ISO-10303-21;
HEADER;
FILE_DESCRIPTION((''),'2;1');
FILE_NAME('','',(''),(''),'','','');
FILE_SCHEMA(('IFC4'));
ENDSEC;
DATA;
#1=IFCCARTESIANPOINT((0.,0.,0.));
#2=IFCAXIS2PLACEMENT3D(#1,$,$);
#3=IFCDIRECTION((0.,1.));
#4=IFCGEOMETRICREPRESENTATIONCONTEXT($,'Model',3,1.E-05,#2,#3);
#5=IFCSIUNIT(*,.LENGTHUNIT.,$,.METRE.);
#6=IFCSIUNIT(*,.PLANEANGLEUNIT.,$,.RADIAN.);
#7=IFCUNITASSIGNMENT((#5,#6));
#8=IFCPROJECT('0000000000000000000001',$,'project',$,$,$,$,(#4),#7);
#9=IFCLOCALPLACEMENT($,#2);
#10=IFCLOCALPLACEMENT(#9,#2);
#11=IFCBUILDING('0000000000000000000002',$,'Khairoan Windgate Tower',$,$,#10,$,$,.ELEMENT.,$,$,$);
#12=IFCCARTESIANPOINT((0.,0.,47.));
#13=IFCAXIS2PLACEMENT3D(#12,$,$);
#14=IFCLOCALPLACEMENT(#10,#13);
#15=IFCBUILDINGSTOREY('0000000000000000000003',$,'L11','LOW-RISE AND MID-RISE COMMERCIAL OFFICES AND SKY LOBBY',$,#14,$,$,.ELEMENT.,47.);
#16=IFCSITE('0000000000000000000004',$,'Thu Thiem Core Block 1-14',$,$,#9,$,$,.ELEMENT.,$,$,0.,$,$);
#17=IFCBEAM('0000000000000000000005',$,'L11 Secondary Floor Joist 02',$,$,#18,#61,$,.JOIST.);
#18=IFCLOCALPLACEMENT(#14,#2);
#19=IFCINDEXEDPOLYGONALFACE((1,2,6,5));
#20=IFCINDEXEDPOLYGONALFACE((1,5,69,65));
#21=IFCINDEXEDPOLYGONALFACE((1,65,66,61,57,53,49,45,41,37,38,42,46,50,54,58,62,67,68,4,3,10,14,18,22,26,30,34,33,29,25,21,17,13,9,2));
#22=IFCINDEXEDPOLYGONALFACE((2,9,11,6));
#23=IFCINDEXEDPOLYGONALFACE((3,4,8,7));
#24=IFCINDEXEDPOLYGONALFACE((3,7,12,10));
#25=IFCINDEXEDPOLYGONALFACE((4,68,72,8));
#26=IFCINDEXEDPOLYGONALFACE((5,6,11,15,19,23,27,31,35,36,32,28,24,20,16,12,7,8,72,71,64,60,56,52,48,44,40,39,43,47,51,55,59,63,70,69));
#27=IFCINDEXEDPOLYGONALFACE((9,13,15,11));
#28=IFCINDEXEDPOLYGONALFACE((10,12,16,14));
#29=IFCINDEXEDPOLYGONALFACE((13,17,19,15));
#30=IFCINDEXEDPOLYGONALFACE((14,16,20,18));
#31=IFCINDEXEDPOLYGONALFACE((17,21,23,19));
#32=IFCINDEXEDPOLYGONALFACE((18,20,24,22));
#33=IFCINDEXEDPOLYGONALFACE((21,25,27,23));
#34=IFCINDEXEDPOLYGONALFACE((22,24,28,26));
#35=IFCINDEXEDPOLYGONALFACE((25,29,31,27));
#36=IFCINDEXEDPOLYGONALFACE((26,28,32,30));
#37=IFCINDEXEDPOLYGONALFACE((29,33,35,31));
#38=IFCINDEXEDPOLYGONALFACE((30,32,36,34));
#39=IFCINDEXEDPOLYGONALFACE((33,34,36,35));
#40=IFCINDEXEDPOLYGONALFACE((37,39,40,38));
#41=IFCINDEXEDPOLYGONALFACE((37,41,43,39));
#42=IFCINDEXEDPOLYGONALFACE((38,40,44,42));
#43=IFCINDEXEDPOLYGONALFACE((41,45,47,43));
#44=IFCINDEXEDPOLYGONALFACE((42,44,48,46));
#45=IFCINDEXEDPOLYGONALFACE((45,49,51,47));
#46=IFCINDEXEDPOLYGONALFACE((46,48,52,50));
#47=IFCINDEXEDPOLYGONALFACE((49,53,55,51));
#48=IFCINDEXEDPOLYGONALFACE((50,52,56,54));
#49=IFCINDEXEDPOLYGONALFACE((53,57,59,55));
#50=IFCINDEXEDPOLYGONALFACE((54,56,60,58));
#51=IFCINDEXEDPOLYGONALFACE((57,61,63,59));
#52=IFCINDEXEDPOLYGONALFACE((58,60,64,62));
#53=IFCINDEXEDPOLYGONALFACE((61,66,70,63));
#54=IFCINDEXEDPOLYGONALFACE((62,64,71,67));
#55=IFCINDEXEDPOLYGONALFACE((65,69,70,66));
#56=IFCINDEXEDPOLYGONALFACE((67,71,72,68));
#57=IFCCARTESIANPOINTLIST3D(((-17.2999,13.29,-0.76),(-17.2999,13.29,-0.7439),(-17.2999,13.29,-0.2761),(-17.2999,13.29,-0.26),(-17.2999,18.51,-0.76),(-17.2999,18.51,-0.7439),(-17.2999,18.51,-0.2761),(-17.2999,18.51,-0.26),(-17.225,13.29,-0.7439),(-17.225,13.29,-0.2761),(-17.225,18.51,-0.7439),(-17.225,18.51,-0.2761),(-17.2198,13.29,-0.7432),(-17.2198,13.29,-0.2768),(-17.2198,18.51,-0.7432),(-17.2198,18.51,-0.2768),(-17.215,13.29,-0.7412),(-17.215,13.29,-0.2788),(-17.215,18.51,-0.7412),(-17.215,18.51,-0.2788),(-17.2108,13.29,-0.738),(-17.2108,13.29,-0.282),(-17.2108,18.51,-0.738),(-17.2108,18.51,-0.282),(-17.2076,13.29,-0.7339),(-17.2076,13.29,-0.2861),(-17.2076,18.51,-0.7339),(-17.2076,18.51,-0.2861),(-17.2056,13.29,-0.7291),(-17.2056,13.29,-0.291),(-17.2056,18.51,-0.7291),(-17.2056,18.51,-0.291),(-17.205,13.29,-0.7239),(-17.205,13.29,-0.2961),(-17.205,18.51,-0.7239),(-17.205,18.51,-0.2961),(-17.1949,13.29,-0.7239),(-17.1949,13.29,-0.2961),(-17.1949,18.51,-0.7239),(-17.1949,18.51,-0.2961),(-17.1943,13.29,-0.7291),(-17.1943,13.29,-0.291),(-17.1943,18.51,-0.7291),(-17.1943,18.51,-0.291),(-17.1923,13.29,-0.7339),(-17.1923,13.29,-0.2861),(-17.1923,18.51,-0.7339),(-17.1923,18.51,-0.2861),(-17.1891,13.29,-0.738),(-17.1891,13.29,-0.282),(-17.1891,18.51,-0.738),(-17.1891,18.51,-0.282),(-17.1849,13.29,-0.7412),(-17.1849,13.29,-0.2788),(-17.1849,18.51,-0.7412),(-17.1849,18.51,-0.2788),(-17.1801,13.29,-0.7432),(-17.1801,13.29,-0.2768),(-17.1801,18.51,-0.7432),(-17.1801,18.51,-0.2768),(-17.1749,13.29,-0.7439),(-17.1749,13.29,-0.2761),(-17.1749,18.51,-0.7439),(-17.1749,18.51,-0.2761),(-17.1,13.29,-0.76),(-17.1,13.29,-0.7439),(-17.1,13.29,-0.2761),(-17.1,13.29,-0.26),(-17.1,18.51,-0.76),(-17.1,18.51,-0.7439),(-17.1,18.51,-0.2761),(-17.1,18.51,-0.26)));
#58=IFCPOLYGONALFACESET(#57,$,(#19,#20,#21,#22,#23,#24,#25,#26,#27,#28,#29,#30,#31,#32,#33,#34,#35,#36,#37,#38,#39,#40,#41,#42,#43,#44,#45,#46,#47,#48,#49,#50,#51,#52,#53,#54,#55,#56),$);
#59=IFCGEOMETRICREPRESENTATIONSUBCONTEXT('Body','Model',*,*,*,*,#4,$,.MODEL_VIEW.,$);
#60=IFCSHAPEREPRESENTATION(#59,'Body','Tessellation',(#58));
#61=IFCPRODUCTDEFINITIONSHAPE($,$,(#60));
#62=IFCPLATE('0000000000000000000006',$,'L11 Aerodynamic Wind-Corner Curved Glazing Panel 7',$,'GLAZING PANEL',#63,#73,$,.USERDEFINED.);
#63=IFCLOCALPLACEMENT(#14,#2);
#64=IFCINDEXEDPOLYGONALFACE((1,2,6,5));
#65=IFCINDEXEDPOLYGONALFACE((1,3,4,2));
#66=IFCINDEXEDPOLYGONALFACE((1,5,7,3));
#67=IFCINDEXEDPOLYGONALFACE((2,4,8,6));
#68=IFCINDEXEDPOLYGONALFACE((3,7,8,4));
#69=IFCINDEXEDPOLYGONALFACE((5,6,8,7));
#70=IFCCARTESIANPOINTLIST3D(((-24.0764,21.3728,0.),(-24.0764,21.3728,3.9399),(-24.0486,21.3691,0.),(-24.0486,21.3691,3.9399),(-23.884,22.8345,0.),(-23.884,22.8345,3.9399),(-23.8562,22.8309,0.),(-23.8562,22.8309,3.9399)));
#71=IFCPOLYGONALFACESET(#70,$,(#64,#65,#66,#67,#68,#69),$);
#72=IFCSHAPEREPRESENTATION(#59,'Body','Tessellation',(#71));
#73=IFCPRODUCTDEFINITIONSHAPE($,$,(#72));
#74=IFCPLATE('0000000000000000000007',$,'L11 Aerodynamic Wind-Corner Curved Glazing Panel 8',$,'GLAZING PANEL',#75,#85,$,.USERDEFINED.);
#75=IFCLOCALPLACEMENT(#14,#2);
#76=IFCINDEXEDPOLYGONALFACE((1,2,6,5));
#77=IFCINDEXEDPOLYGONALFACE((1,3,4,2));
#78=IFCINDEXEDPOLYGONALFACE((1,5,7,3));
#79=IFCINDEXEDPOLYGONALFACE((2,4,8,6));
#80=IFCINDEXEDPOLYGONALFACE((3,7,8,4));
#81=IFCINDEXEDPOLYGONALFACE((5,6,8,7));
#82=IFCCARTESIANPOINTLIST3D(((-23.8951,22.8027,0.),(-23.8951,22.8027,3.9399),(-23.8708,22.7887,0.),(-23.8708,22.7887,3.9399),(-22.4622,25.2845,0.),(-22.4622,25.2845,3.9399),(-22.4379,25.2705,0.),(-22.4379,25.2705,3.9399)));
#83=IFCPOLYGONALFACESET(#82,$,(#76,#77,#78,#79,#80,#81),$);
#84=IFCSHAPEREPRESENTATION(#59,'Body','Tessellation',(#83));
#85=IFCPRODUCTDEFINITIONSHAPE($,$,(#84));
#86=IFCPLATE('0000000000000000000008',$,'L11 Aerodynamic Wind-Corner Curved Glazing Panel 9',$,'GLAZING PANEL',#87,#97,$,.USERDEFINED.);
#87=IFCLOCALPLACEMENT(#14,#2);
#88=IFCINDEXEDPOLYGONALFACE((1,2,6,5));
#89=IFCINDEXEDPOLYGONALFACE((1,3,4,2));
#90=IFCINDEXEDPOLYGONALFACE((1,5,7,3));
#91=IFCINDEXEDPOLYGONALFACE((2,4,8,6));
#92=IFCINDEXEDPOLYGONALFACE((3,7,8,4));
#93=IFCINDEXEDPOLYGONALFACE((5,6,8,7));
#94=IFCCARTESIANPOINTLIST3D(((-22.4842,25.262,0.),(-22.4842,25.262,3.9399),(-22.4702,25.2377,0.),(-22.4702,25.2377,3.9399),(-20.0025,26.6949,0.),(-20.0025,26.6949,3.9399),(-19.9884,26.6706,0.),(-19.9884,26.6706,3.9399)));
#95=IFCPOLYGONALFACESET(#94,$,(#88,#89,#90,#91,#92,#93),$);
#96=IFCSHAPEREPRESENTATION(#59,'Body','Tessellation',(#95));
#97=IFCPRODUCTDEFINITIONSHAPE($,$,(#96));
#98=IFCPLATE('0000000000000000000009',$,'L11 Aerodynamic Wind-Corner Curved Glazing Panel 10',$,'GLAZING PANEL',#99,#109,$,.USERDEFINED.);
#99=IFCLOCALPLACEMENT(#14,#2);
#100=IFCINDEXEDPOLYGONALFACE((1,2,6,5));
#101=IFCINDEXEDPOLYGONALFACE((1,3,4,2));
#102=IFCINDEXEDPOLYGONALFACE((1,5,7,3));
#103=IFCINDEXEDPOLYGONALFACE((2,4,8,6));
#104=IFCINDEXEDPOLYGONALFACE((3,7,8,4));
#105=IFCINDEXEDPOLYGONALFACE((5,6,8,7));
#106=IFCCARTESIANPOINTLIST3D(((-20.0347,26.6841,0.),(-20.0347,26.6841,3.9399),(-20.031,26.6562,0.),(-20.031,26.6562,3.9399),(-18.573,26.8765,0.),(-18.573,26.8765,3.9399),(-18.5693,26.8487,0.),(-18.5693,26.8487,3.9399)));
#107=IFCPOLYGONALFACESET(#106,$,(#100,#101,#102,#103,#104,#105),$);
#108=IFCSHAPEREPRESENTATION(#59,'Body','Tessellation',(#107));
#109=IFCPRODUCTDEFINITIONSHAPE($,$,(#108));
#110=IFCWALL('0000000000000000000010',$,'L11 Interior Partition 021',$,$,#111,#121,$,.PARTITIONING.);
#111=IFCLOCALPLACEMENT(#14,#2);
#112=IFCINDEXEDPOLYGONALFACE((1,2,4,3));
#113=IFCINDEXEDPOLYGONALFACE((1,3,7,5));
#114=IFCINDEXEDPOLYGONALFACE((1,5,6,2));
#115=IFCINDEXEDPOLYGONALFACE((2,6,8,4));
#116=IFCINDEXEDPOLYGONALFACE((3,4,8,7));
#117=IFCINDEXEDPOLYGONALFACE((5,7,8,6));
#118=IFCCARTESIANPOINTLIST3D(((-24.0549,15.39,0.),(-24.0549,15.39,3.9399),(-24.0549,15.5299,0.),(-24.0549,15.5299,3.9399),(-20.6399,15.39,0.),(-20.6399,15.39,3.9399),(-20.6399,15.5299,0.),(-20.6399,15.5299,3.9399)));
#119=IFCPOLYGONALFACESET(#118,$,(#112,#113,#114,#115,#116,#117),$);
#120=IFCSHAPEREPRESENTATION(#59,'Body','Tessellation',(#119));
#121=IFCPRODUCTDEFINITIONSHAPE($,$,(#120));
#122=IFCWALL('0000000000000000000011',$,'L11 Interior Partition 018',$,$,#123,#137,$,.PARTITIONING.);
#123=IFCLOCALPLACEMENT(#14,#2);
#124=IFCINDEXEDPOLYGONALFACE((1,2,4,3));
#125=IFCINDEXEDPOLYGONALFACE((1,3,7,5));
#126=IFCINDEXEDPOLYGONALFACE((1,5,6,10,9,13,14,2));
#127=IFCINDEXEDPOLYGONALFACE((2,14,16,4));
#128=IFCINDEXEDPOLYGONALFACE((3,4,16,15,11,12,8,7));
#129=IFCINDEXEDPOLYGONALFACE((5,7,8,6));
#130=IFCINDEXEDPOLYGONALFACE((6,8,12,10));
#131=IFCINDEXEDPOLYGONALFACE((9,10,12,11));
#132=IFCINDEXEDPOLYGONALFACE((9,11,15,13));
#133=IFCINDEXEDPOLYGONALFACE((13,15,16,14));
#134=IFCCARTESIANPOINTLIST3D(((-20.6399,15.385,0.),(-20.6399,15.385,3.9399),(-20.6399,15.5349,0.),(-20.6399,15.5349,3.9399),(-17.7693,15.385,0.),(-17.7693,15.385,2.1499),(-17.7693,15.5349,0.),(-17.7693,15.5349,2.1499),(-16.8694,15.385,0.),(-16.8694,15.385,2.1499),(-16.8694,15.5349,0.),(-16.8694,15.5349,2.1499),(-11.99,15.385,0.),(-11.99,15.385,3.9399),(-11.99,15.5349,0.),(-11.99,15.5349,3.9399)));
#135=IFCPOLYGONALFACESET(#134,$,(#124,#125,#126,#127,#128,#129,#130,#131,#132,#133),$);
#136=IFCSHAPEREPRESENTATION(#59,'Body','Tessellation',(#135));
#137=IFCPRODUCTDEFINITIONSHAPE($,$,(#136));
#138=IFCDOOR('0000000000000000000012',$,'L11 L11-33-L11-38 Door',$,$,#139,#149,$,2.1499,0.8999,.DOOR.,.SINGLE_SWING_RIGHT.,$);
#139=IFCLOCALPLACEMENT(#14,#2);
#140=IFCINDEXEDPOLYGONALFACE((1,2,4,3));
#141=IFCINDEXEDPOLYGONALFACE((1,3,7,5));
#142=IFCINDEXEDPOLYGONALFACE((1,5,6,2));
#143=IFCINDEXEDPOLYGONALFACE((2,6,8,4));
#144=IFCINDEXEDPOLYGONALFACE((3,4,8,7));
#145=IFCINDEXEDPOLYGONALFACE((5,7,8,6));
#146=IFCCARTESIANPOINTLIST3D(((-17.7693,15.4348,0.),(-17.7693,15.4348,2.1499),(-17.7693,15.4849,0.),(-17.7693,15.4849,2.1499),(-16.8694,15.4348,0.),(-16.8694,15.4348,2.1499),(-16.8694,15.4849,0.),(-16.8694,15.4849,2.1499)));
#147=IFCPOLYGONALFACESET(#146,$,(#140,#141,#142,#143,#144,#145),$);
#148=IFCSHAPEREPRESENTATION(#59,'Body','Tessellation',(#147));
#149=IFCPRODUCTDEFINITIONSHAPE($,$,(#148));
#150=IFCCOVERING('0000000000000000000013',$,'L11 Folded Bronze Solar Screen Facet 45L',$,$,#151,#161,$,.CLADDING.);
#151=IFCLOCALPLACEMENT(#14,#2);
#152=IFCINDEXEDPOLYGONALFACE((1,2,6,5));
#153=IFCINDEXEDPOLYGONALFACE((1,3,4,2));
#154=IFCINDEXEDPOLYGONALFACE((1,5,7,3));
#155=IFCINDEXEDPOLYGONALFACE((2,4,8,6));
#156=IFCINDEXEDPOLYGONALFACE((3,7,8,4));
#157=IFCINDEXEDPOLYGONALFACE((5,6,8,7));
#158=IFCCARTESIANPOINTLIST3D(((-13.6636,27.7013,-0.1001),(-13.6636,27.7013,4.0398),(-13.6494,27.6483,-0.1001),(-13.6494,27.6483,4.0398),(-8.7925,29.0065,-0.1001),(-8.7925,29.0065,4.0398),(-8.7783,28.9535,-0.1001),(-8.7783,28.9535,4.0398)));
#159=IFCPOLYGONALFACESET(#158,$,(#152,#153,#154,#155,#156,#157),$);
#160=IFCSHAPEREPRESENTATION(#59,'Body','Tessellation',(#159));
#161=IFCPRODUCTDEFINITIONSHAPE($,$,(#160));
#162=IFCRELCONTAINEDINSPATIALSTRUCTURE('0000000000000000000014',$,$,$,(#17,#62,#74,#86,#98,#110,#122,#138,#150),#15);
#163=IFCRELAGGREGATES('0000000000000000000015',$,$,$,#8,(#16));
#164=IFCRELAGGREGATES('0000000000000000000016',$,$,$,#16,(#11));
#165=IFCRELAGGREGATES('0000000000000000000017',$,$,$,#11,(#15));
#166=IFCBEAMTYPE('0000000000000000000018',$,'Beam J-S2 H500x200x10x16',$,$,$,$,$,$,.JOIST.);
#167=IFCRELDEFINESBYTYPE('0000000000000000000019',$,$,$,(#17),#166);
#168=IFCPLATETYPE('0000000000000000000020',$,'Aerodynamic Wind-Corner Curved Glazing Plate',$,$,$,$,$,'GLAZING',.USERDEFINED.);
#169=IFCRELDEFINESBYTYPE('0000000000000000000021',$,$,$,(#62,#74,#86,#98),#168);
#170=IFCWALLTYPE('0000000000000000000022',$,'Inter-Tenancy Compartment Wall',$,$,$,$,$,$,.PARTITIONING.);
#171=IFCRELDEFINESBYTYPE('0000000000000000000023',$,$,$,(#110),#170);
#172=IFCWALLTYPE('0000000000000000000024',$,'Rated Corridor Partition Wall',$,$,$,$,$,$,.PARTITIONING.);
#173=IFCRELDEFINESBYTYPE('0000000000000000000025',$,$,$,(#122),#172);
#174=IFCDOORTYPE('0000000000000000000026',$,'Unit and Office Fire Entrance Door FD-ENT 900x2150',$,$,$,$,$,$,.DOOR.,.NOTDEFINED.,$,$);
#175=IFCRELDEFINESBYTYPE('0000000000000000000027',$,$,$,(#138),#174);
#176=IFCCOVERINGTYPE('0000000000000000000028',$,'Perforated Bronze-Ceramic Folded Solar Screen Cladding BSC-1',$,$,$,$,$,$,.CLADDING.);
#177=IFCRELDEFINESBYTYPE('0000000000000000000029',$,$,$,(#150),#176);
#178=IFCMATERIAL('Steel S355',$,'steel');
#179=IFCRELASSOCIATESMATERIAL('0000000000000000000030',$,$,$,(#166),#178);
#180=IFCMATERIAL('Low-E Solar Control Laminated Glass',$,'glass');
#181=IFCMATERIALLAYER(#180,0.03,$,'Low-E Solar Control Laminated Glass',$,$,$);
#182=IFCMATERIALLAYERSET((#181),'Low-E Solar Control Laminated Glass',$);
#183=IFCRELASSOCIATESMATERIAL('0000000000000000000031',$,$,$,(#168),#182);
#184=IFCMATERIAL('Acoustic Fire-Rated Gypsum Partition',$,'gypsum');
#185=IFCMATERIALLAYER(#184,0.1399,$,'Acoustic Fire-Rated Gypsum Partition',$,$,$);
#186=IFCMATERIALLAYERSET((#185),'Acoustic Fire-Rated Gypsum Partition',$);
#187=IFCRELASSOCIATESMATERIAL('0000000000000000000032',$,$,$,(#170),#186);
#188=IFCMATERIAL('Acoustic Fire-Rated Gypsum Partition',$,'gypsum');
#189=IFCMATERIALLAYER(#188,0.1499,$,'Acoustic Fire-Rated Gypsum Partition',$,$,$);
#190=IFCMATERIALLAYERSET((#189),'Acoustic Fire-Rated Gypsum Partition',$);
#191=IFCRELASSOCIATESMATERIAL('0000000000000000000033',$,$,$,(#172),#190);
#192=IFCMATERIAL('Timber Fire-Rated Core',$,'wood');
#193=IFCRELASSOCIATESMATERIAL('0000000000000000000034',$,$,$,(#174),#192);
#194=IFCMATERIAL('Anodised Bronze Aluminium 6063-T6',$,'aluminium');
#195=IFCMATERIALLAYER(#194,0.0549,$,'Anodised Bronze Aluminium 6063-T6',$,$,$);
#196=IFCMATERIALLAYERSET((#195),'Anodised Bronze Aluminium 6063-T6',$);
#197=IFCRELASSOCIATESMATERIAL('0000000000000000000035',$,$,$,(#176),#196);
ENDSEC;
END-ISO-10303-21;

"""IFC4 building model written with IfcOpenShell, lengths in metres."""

from ifc_helpers import new_model, si_unit, direction, frame, frame_2d, origin, origin_2d, place, context, subcontext, project, spatial, rectangle, i_section, extrude, material, layer, layer_set, material_profile, profile_set, type_object, element, fill, save


model = new_model("IFC4")

# Units and contexts
model_context = context("Model", 3, precision=1e-05, world=origin(), true_north=direction((0.0, 1.0)))
body_context = subcontext(model_context, "Body", "Model", "MODEL_VIEW")
ifc_project = project(units=[si_unit("LENGTHUNIT", "METRE"), si_unit("PLANEANGLEUNIT", "RADIAN")], contexts=[model_context])

# Site, building, storey
site_placement = place(None, origin())
site = spatial("IfcSite", under=ifc_project, at=site_placement, Name="Thu Thiem Core Block 1-14", CompositionType="ELEMENT", RefElevation=0.0)
building_placement = place(site_placement, origin())
building = spatial("IfcBuilding", under=site, at=building_placement, Name="Khairoan Windgate Tower", CompositionType="ELEMENT")
storey_placement = place(building_placement, frame((0.0, 0.0, 47.0)))
storey = spatial("IfcBuildingStorey", under=building, at=storey_placement, Name="L11", Description="LOW-RISE AND MID-RISE COMMERCIAL OFFICES AND SKY LOBBY", CompositionType="ELEMENT", Elevation=47.0)

# Beam
ifc_material_1 = material(Name="Steel S355", Category="steel")
ifc_material_profile_1 = material_profile(ifc_material_1, i_section(OverallWidth=0.2, OverallDepth=0.5, WebThickness=0.01, FlangeThickness=0.0161, FilletRadius=0.02, at=origin_2d()))
ifc_profile_set_1 = profile_set([ifc_material_profile_1], Name="Steel S355")
beam_type_1 = type_object("IfcBeamType", Name="Beam J-S2 H500x200x10x16", PredefinedType="JOIST", material=ifc_profile_set_1)
beam_1_placement = place(storey_placement, frame((-17.2, 13.29, -0.51), z_axis=(0.0, 1.0, 0.0), x_axis=(-1.0, 0.0, 0.0)))
element("IfcBeam", 1, at=beam_1_placement, inside=storey, type_object=beam_type_1, Name="L11 Secondary Floor Joist 02", PredefinedType="JOIST", context=body_context, shape_type="SweptSolid", body=[
    extrude(i_section(OverallWidth=0.2, OverallDepth=0.5, WebThickness=0.01, FlangeThickness=0.0161, FilletRadius=0.02, at=origin_2d()), origin(), (0.0, 0.0, 1.0), 5.22),
])

# Plates
ifc_material_2 = material(Name="Low-E Solar Control Laminated Glass", Category="glass")
ifc_layer_1 = layer(ifc_material_2, 0.03, Name="Low-E Solar Control Laminated Glass")
ifc_layer_set_1 = layer_set([ifc_layer_1], Name="Low-E Solar Control Laminated Glass")
plate_type_1 = type_object("IfcPlateType", Name="Aerodynamic Wind-Corner Curved Glazing Plate", ElementType="GLAZING", PredefinedType="USERDEFINED", material=ifc_layer_set_1)
plate_1_placement = place(storey_placement, frame((-23.9663, 22.1018, 0.0), z_axis=(0.0, 0.0, 1.0), x_axis=(0.130526, 0.991445, 0.0)))
element("IfcPlate", 2, at=plate_1_placement, inside=storey, type_object=plate_type_1, Name="L11 Aerodynamic Wind-Corner Curved Glazing Panel 7", ObjectType="GLAZING PANEL", PredefinedType="USERDEFINED", context=body_context, shape_type="SweptSolid", body=[
    extrude(rectangle(XDim=1.4744, YDim=0.0281, at=origin_2d()), origin(), (0.0, 0.0, 1.0), 3.9399),
])
for number, where, z_axis, x_axis, name in (
    (3, (-23.1665, 24.0366, 0.0), (0.0, 0.0, 1.0), (0.5, 0.866025, 0.0), "L11 Aerodynamic Wind-Corner Curved Glazing Panel 8"),
    (4, (-21.2363, 25.9663, 0.0), (0.0, 0.0, 1.0), (0.866025, 0.5, 0.0), "L11 Aerodynamic Wind-Corner Curved Glazing Panel 9"),
):
    element("IfcPlate", number, at=place(storey_placement, frame(where, z_axis=z_axis, x_axis=x_axis)), inside=storey, type_object=plate_type_1, Name=name, ObjectType="GLAZING PANEL", PredefinedType="USERDEFINED", context=body_context, shape_type="SweptSolid", body=[
        extrude(rectangle(XDim=2.8657, YDim=0.0281, at=origin_2d()), origin(), (0.0, 0.0, 1.0), 3.9399),
    ])
plate_2_placement = place(storey_placement, frame((-19.302, 26.7664, 0.0), z_axis=(0.0, 0.0, 1.0), x_axis=(0.991445, 0.130526, 0.0)))
element("IfcPlate", 5, at=plate_2_placement, inside=storey, type_object=plate_type_1, Name="L11 Aerodynamic Wind-Corner Curved Glazing Panel 10", ObjectType="GLAZING PANEL", PredefinedType="USERDEFINED", context=body_context, shape_type="SweptSolid", body=[
    extrude(rectangle(XDim=1.4744, YDim=0.0281, at=origin_2d()), origin(), (0.0, 0.0, 1.0), 3.9399),
])

# Wall
ifc_material_3 = material(Name="Acoustic Fire-Rated Gypsum Partition", Category="gypsum")
ifc_layer_2 = layer(ifc_material_3, 0.1399, Name="Acoustic Fire-Rated Gypsum Partition")
ifc_layer_set_2 = layer_set([ifc_layer_2], Name="Acoustic Fire-Rated Gypsum Partition")
wall_type_1 = type_object("IfcWallType", Name="Inter-Tenancy Compartment Wall", PredefinedType="PARTITIONING", material=ifc_layer_set_2)
wall_1_placement = place(storey_placement, frame((-24.0549, 15.46, 0.0), z_axis=(0.0, 0.0, 1.0), x_axis=(1.0, 0.0, 0.0)))
element("IfcWall", 6, at=wall_1_placement, inside=storey, type_object=wall_type_1, Name="L11 Interior Partition 021", PredefinedType="PARTITIONING", context=body_context, shape_type="SweptSolid", body=[
    extrude(rectangle(XDim=3.415, YDim=0.1399, at=frame_2d((1.7075, 0.0))), origin(), (0.0, 0.0, 1.0), 3.9399),
])

# Wall, opening, door
ifc_material_4 = material(Name="Acoustic Fire-Rated Gypsum Partition", Category="gypsum")
ifc_layer_3 = layer(ifc_material_4, 0.1499, Name="Acoustic Fire-Rated Gypsum Partition")
ifc_layer_set_3 = layer_set([ifc_layer_3], Name="Acoustic Fire-Rated Gypsum Partition")
wall_type_2 = type_object("IfcWallType", Name="Rated Corridor Partition Wall", PredefinedType="PARTITIONING", material=ifc_layer_set_3)
ifc_material_5 = material(Name="Timber Fire-Rated Core", Category="wood")
door_type = type_object("IfcDoorType", Name="Unit and Office Fire Entrance Door FD-ENT 900x2150", OperationType="NOTDEFINED", PredefinedType="DOOR", material=ifc_material_5)
wall_2_placement = place(storey_placement, frame((-20.6399, 15.46, 0.0), z_axis=(0.0, 0.0, 1.0), x_axis=(1.0, 0.0, 0.0)))
wall_2 = element("IfcWall", 7, at=wall_2_placement, inside=storey, type_object=wall_type_2, Name="L11 Interior Partition 018", PredefinedType="PARTITIONING", context=body_context, shape_type="SweptSolid", body=[
    extrude(rectangle(XDim=8.6499, YDim=0.1499, at=frame_2d((4.325, 0.0))), origin(), (0.0, 0.0, 1.0), 3.9399),
])
opening_1_placement = place(wall_2_placement, frame((2.8706, 0.0, 0.0)))
opening_1 = element("IfcOpeningElement", 8, at=opening_1_placement, cuts=wall_2, PredefinedType="OPENING", context=body_context, shape_type="SweptSolid", body=[
    extrude(rectangle(XDim=0.8999, YDim=2.1499, at=frame_2d((0.45, 1.075))), frame((0.0, 0.085, 0.0), z_axis=(0.0, -1.0, 0.0), x_axis=(1.0, 0.0, 0.0)), (0.0, 0.0, 1.0), 0.1699),
])
door_1_placement = place(opening_1_placement, origin())
door_1 = element("IfcDoor", 9, at=door_1_placement, inside=storey, type_object=door_type, Name="L11 L11-33-L11-38 Door", OperationType="SINGLE_SWING_RIGHT", OverallHeight=2.1499, OverallWidth=0.8999, PredefinedType="DOOR", context=body_context, shape_type="SweptSolid", body=[
    extrude(rectangle(XDim=0.8999, YDim=2.1499, at=frame_2d((0.45, 1.075))), frame((0.0, 0.0249, 0.0), z_axis=(0.0, -1.0, 0.0), x_axis=(1.0, 0.0, 0.0)), (0.0, 0.0, 1.0), 0.05),
])
fill(opening_1, door_1)

# Covering
ifc_material_6 = material(Name="Anodised Bronze Aluminium 6063-T6", Category="aluminium")
ifc_layer_4 = layer(ifc_material_6, 0.0549, Name="Anodised Bronze Aluminium 6063-T6")
ifc_layer_set_4 = layer_set([ifc_layer_4], Name="Anodised Bronze Aluminium 6063-T6")
covering_type = type_object("IfcCoveringType", Name="Perforated Bronze-Ceramic Folded Solar Screen Cladding BSC-1", PredefinedType="CLADDING", material=ifc_layer_set_4)
covering_placement = place(storey_placement, frame((-11.2209, 28.3274, -0.1001), z_axis=(0.0, 0.0, 1.0), x_axis=(0.965926, 0.258819, 0.0)))
element("IfcCovering", 10, at=covering_placement, inside=storey, type_object=covering_type, Name="L11 Folded Bronze Solar Screen Facet 45L", PredefinedType="CLADDING", context=body_context, shape_type="SweptSolid", body=[
    extrude(rectangle(XDim=5.043, YDim=0.0549, at=origin_2d()), origin(), (0.0, 0.0, 1.0), 4.1399),
])

save(model, "model.ifc")
